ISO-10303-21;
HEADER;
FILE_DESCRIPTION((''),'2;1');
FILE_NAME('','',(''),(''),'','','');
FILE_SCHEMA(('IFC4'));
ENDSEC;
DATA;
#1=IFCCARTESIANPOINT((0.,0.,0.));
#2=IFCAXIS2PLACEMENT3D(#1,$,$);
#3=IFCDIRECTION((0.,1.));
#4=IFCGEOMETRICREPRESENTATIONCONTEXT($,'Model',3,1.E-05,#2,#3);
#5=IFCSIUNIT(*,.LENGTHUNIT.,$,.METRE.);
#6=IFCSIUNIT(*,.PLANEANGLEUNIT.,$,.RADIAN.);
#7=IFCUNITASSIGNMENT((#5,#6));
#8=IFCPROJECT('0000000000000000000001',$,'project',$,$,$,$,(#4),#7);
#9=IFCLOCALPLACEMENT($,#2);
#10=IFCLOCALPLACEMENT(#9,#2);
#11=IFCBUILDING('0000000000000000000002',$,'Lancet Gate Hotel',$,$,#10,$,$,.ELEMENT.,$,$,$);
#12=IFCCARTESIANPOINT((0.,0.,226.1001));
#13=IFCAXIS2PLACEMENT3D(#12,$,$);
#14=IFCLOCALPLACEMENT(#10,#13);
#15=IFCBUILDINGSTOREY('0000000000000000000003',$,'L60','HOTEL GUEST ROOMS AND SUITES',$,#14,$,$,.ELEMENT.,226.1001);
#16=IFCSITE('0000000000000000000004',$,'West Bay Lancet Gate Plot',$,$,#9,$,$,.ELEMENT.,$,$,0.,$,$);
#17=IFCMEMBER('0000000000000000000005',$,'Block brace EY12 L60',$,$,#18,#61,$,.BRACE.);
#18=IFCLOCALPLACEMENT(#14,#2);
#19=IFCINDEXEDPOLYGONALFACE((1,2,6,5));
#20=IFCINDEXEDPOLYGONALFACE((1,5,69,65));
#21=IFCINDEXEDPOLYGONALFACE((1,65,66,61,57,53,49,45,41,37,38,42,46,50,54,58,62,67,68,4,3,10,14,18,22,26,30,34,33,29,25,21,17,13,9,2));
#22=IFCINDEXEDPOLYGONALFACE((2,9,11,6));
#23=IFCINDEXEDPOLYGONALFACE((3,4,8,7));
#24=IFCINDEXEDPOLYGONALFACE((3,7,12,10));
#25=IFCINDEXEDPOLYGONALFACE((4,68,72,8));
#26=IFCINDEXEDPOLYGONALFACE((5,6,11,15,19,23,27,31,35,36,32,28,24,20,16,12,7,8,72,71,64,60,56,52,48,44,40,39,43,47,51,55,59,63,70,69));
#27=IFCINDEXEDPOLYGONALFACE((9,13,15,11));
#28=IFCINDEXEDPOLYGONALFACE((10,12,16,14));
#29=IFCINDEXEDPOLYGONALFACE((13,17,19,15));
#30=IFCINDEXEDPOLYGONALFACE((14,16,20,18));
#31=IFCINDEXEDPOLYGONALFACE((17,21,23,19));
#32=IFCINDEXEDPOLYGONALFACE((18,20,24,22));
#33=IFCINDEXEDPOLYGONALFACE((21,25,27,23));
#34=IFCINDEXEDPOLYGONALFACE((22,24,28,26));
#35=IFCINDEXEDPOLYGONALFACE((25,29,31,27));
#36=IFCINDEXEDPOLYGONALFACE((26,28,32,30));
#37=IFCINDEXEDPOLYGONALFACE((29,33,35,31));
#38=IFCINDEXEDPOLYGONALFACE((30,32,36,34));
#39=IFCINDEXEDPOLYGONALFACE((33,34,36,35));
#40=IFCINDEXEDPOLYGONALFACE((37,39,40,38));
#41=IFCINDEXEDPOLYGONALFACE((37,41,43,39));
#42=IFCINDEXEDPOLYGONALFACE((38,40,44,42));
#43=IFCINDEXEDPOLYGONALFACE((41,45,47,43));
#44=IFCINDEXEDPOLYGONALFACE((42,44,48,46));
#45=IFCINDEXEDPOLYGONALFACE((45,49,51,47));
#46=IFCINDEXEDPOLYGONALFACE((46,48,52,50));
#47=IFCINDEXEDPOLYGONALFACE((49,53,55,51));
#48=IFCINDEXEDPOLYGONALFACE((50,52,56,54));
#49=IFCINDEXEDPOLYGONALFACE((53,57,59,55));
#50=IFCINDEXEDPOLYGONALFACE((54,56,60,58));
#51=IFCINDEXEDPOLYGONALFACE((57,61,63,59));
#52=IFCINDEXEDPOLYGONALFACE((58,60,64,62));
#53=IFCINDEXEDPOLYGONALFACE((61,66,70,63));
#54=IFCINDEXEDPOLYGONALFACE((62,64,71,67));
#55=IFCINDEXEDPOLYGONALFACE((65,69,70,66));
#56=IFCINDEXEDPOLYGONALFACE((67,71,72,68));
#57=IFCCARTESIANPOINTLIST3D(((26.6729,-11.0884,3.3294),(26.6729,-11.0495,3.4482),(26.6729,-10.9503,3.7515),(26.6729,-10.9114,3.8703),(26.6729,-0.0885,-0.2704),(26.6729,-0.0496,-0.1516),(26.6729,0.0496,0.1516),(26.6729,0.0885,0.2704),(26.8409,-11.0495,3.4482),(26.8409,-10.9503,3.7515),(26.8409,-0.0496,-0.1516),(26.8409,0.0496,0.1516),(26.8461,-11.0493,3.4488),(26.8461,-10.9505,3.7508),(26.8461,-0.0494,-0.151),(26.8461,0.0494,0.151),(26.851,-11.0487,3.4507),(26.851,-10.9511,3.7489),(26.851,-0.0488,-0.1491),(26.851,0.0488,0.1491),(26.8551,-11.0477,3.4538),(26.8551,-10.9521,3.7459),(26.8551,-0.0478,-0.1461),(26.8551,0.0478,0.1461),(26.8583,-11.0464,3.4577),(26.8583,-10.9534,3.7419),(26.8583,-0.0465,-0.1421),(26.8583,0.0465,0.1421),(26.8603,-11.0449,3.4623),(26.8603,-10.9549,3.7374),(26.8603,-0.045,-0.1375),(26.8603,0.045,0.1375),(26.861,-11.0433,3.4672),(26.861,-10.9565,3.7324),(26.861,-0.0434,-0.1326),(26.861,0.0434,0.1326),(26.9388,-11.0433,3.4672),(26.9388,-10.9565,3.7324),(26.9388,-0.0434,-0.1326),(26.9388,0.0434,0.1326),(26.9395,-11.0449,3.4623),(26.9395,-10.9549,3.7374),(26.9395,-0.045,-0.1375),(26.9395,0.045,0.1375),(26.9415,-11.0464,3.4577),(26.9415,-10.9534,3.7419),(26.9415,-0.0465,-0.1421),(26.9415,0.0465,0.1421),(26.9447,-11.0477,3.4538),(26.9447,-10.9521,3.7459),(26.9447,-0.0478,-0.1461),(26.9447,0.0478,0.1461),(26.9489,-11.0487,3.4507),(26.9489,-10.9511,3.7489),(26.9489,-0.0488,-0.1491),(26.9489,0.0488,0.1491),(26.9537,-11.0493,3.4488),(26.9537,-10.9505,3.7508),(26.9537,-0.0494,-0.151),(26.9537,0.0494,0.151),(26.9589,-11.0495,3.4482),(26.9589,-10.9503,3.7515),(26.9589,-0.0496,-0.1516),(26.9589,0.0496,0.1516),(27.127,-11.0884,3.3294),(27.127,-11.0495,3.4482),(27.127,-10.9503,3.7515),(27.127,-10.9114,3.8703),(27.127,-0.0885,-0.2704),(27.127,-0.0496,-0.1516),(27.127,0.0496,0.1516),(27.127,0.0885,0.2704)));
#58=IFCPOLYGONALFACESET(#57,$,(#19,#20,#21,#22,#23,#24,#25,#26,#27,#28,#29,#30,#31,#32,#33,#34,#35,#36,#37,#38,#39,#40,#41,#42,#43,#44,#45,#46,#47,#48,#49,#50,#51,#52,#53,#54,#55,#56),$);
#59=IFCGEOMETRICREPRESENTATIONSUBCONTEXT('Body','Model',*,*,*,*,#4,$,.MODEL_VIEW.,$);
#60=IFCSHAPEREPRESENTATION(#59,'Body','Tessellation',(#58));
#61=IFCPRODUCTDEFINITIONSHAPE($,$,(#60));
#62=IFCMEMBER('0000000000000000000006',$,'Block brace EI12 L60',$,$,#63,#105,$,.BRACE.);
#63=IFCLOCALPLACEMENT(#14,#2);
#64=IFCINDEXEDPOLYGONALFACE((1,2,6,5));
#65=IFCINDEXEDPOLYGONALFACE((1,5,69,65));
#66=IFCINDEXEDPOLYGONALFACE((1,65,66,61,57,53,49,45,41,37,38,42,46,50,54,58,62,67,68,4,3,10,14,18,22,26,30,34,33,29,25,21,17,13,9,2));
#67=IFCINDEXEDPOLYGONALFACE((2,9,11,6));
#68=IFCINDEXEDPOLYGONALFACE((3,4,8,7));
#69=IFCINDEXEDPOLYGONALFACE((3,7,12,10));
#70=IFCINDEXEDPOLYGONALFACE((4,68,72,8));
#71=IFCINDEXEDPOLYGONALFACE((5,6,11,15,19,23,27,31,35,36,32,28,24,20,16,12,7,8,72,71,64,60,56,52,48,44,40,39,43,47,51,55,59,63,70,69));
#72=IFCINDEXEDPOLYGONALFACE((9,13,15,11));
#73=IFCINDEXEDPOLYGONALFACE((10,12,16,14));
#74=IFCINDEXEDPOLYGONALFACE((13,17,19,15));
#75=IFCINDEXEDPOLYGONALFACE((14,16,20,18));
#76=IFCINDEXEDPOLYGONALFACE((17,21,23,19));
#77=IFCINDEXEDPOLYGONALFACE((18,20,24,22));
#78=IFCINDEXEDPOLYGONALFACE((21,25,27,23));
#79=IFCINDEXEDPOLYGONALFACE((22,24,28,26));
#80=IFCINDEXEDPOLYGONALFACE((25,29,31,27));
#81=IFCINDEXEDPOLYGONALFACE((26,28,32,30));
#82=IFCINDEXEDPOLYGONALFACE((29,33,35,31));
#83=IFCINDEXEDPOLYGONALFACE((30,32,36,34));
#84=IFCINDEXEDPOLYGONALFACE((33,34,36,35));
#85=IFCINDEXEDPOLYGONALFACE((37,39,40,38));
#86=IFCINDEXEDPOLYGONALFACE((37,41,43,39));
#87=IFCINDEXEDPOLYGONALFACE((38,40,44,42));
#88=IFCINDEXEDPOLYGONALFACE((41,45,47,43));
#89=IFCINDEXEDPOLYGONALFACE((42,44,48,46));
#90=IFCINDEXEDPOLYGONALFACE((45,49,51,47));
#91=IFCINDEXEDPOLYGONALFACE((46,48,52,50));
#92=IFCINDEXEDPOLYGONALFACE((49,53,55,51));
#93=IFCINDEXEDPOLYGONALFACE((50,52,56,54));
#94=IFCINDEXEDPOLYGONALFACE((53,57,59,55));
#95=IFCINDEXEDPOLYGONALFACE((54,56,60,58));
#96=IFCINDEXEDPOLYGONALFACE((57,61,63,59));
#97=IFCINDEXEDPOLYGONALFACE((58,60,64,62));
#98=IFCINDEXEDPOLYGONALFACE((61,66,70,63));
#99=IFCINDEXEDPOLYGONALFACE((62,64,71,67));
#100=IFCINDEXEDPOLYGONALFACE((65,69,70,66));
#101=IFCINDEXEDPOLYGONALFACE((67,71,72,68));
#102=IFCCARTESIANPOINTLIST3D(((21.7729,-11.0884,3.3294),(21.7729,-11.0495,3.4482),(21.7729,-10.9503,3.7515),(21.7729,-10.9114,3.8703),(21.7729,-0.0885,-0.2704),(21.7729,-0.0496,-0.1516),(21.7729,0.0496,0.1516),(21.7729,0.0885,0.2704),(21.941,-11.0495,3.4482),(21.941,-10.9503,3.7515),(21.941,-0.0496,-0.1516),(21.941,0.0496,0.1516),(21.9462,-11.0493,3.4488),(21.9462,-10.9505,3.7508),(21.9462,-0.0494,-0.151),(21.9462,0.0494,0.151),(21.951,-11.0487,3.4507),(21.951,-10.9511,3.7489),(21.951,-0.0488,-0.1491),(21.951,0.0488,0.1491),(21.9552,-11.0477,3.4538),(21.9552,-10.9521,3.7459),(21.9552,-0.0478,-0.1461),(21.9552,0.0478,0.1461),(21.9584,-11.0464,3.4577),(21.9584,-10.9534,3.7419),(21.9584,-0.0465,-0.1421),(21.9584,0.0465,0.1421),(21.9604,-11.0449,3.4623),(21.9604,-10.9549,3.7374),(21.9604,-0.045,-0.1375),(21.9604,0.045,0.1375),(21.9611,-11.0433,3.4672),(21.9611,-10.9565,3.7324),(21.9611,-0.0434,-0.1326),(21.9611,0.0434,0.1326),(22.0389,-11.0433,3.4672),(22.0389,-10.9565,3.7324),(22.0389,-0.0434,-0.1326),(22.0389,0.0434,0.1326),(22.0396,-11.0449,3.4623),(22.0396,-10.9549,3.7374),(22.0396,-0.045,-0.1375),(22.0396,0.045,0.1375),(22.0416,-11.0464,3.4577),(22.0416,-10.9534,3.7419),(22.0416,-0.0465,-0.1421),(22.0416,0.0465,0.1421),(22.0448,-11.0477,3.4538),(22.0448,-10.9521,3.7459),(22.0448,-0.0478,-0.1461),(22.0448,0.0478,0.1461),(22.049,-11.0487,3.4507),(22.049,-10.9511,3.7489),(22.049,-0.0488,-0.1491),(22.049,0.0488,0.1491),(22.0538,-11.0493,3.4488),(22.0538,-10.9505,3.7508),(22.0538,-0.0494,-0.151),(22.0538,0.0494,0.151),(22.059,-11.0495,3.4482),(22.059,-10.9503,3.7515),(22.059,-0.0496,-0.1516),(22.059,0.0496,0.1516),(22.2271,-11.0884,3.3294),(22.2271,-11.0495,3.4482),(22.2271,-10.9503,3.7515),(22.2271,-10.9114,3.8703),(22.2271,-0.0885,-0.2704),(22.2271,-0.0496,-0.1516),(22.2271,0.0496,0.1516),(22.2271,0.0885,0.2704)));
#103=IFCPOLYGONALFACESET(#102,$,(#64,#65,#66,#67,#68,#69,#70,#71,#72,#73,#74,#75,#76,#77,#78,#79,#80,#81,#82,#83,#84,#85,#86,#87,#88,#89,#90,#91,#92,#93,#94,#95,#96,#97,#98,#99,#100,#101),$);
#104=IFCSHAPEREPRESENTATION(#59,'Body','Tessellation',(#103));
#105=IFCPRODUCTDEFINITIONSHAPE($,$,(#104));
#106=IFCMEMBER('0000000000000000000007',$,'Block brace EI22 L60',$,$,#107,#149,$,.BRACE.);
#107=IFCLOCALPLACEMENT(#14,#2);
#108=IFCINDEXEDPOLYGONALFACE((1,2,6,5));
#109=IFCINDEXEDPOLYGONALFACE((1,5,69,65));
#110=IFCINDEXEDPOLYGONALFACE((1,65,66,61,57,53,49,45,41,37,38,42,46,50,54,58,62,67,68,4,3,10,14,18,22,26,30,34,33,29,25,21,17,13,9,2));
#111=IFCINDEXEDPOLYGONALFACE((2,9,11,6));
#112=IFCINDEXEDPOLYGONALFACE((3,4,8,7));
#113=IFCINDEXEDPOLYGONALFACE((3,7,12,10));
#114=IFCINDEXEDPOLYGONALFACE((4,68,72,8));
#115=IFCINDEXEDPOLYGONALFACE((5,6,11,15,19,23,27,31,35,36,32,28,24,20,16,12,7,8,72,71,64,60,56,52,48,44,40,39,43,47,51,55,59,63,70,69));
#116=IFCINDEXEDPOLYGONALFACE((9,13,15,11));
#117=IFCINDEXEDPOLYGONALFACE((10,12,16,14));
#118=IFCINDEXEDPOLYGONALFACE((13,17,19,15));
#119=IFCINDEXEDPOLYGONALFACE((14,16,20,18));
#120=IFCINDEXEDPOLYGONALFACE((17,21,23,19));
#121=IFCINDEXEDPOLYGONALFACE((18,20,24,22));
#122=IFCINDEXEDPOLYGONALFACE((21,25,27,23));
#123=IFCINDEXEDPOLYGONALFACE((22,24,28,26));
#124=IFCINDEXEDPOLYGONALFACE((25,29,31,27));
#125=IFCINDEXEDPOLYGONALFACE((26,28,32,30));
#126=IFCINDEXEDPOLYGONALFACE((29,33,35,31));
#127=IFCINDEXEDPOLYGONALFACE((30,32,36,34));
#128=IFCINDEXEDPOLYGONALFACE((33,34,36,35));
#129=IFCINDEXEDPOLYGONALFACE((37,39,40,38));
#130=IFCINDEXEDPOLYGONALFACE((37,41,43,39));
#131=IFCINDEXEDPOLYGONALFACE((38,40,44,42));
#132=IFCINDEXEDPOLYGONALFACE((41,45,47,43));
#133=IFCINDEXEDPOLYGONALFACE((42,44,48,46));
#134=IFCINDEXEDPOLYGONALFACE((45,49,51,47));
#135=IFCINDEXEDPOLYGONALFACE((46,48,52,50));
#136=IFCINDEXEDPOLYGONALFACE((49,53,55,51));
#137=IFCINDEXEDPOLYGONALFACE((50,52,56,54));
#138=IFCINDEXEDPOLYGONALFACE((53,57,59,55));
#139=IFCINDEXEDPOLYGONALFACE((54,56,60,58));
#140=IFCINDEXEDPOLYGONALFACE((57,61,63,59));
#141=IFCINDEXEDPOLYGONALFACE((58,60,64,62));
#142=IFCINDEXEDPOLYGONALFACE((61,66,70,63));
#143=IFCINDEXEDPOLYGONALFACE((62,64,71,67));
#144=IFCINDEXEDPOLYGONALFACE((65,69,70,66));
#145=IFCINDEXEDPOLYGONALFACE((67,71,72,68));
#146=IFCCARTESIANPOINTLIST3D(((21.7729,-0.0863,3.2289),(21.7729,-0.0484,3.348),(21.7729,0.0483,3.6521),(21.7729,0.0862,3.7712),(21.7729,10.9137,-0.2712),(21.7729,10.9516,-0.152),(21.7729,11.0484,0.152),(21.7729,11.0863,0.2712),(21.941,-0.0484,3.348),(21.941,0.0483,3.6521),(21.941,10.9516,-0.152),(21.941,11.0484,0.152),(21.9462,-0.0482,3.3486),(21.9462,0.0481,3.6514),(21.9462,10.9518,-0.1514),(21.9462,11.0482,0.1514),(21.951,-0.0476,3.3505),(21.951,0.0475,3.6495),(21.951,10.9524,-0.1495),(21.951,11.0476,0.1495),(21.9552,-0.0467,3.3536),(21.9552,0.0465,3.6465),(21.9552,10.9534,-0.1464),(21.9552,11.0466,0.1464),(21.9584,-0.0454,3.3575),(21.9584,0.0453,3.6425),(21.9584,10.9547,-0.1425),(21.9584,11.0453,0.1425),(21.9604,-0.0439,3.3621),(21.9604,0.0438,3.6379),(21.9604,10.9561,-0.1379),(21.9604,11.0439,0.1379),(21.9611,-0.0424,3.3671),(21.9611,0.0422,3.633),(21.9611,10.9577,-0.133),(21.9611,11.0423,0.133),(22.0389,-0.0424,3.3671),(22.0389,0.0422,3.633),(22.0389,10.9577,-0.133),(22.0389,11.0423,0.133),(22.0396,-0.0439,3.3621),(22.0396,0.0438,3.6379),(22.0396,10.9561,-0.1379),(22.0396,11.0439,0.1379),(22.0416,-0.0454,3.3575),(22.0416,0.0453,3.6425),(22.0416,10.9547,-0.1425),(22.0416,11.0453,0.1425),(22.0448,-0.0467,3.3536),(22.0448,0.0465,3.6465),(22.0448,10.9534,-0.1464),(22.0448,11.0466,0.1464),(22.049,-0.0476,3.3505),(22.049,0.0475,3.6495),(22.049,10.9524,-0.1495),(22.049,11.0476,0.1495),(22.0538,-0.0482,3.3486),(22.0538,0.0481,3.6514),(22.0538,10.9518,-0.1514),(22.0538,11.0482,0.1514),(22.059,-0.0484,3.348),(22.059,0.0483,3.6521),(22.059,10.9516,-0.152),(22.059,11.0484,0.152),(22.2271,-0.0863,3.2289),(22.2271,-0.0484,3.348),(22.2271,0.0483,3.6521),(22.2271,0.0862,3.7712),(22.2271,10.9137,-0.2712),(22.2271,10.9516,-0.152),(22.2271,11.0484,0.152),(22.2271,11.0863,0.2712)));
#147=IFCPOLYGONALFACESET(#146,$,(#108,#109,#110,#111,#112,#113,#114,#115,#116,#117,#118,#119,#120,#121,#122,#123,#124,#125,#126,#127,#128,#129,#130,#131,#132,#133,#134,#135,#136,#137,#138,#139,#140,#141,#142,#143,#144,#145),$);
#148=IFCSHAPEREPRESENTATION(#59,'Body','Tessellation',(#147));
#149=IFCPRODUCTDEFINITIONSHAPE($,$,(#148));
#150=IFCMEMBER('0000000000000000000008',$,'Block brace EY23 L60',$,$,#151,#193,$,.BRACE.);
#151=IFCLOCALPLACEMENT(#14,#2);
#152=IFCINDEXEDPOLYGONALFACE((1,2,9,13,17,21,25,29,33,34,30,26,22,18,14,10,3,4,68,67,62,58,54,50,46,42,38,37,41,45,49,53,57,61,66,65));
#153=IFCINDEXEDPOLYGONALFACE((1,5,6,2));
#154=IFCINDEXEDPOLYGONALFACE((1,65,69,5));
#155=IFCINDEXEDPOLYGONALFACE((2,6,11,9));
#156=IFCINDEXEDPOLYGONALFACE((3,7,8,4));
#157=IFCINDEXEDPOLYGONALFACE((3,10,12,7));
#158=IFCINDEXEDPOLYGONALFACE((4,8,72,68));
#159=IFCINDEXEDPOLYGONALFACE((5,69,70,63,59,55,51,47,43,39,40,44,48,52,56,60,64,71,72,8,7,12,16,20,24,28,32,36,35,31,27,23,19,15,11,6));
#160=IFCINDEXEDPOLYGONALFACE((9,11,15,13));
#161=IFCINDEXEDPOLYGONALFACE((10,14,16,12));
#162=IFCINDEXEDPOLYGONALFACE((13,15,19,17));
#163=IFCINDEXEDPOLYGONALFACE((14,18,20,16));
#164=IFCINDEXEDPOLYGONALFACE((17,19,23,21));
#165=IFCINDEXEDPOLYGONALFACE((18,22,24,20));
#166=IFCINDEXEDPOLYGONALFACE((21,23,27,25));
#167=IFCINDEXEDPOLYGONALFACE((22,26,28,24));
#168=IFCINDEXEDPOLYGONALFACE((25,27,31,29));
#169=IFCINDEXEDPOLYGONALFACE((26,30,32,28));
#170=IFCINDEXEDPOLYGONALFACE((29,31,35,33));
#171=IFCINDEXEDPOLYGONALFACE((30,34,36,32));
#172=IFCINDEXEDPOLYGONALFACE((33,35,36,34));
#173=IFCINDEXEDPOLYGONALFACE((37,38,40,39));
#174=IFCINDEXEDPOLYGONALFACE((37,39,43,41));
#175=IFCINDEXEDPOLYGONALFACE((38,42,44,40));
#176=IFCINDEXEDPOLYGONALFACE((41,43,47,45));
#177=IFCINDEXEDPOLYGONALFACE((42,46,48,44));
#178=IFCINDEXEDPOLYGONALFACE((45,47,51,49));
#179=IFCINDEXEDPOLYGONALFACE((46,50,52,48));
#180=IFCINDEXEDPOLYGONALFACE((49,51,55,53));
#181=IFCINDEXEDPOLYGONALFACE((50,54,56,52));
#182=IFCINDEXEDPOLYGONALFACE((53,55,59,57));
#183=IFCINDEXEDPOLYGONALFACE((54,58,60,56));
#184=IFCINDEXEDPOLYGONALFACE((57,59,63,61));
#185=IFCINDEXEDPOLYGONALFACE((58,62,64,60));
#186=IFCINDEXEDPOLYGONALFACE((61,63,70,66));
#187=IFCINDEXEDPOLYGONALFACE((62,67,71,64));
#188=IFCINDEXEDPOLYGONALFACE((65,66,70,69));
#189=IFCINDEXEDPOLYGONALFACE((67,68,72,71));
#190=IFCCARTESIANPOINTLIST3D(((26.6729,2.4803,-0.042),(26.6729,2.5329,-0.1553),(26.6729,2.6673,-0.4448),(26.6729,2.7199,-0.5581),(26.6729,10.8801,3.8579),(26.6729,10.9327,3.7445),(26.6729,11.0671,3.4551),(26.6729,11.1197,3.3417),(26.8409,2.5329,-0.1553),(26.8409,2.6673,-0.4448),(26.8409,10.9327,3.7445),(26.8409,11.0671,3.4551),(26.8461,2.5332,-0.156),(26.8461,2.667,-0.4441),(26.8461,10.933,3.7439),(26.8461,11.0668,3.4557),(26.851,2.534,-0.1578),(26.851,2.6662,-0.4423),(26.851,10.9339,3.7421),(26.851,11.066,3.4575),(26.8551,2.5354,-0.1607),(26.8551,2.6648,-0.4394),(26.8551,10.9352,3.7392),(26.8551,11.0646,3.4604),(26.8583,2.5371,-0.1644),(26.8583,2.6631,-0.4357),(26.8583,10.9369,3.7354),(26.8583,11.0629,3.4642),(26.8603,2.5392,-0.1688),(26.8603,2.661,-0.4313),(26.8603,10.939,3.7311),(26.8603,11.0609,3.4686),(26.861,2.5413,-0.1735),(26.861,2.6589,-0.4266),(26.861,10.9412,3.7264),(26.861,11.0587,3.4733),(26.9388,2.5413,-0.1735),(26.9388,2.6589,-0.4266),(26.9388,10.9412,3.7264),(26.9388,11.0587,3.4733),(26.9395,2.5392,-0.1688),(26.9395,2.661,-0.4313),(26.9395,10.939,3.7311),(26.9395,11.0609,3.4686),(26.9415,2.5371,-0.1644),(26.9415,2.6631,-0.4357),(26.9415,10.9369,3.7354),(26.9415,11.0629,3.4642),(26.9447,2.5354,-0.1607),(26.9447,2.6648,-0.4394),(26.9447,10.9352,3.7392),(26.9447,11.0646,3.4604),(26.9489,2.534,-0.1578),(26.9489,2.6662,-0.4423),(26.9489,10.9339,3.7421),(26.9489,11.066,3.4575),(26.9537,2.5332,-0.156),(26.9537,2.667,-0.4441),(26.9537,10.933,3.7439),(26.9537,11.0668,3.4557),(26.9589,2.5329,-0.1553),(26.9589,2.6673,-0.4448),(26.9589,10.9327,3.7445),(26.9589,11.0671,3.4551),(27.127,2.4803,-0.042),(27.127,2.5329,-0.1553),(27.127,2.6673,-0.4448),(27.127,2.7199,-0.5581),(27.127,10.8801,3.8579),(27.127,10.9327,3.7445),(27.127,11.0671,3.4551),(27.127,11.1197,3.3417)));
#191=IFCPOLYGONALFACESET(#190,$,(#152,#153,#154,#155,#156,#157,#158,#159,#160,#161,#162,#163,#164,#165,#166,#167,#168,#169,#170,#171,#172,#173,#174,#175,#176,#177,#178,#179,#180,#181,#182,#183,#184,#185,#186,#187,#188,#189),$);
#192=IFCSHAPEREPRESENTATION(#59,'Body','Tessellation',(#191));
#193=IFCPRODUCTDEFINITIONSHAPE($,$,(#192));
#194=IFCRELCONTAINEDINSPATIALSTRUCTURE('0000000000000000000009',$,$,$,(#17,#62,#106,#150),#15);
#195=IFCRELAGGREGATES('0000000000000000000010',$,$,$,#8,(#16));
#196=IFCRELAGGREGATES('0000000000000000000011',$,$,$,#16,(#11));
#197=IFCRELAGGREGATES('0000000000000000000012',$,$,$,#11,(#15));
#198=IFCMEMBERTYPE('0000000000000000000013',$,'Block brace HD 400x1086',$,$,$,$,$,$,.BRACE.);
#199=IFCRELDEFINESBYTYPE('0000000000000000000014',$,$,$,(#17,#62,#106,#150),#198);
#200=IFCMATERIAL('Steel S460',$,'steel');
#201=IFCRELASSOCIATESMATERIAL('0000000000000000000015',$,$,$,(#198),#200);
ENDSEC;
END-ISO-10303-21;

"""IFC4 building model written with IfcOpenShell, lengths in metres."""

from ifc_helpers import new_model, si_unit, direction, frame, origin, origin_2d, place, context, subcontext, project, spatial, i_section, extrude, material, material_profile, profile_set, type_object, element, save


model = new_model("IFC4")

# Units and contexts
model_context = context("Model", 3, precision=1e-05, world=origin(), true_north=direction((0.0, 1.0)))
body_context = subcontext(model_context, "Body", "Model", "MODEL_VIEW")
ifc_project = project(units=[si_unit("LENGTHUNIT", "METRE"), si_unit("PLANEANGLEUNIT", "RADIAN")], contexts=[model_context])

# Site, building, storey
site_placement = place(None, origin())
site = spatial("IfcSite", under=ifc_project, at=site_placement, Name="West Bay Lancet Gate Plot", CompositionType="ELEMENT", RefElevation=0.0)
building_placement = place(site_placement, origin())
building = spatial("IfcBuilding", under=site, at=building_placement, Name="Lancet Gate Hotel", CompositionType="ELEMENT")
storey_placement = place(building_placement, frame((0.0, 0.0, 226.1001)))
storey = spatial("IfcBuildingStorey", under=building, at=storey_placement, Name="L60", Description="HOTEL GUEST ROOMS AND SUITES", CompositionType="ELEMENT", Elevation=226.1001)

# Members
ifc_material_1 = material(Name="Steel S460", Category="steel")
ifc_material_profile_1 = material_profile(ifc_material_1, i_section(OverallWidth=0.4541, OverallDepth=0.5691, WebThickness=0.0779, FlangeThickness=0.125, FilletRadius=0.02, at=origin_2d()), Name="HD 400x1086")
ifc_profile_set_1 = profile_set([ifc_material_profile_1], Name="Steel S460")
member_type_1 = type_object("IfcMemberType", Name="Block brace HD 400x1086", PredefinedType="BRACE", material=ifc_profile_set_1)
for number, where, z_axis, x_axis, name in (
    (1, (26.8999, 0.0, 0.0), (0.0, -0.950401, 0.311028), (1.0, 0.0, 0.0), "Block brace EY12 L60"),
    (2, (22.0, 0.0, 0.0), (0.0, -0.950401, 0.311028), (1.0, 0.0, 0.0), "Block brace EI12 L60"),
):
    element("IfcMember", number, at=place(storey_placement, frame(where, z_axis=z_axis, x_axis=x_axis)), inside=storey, type_object=member_type_1, Name=name, PredefinedType="BRACE", context=body_context, shape_type="SweptSolid", body=[
        extrude(i_section(OverallWidth=0.4541, OverallDepth=0.5691, WebThickness=0.0779, FlangeThickness=0.125, FilletRadius=0.02, at=origin_2d()), origin(), (0.0, 0.0, 1.0), 11.574),
    ])
member_1_placement = place(storey_placement, frame((22.0, 11.0, 0.0), z_axis=(0.0, -0.952926, 0.303204), x_axis=(1.0, 0.0, 0.0)))
element("IfcMember", 3, at=member_1_placement, inside=storey, type_object=member_type_1, Name="Block brace EI22 L60", PredefinedType="BRACE", context=body_context, shape_type="SweptSolid", body=[
    extrude(i_section(OverallWidth=0.4541, OverallDepth=0.5691, WebThickness=0.0779, FlangeThickness=0.125, FilletRadius=0.02, at=origin_2d()), origin(), (0.0, 0.0, 1.0), 11.5435),
])
member_2_placement = place(storey_placement, frame((26.8999, 2.6001, -0.3), z_axis=(0.0, 0.907011, 0.421107), x_axis=(-1.0, 0.0, 0.0)))
element("IfcMember", 4, at=member_2_placement, inside=storey, type_object=member_type_1, Name="Block brace EY23 L60", PredefinedType="BRACE", context=body_context, shape_type="SweptSolid", body=[
    extrude(i_section(OverallWidth=0.4541, OverallDepth=0.5691, WebThickness=0.0779, FlangeThickness=0.125, FilletRadius=0.02, at=origin_2d()), origin(), (0.0, 0.0, 1.0), 9.261),
])

save(model, "model.ifc")
